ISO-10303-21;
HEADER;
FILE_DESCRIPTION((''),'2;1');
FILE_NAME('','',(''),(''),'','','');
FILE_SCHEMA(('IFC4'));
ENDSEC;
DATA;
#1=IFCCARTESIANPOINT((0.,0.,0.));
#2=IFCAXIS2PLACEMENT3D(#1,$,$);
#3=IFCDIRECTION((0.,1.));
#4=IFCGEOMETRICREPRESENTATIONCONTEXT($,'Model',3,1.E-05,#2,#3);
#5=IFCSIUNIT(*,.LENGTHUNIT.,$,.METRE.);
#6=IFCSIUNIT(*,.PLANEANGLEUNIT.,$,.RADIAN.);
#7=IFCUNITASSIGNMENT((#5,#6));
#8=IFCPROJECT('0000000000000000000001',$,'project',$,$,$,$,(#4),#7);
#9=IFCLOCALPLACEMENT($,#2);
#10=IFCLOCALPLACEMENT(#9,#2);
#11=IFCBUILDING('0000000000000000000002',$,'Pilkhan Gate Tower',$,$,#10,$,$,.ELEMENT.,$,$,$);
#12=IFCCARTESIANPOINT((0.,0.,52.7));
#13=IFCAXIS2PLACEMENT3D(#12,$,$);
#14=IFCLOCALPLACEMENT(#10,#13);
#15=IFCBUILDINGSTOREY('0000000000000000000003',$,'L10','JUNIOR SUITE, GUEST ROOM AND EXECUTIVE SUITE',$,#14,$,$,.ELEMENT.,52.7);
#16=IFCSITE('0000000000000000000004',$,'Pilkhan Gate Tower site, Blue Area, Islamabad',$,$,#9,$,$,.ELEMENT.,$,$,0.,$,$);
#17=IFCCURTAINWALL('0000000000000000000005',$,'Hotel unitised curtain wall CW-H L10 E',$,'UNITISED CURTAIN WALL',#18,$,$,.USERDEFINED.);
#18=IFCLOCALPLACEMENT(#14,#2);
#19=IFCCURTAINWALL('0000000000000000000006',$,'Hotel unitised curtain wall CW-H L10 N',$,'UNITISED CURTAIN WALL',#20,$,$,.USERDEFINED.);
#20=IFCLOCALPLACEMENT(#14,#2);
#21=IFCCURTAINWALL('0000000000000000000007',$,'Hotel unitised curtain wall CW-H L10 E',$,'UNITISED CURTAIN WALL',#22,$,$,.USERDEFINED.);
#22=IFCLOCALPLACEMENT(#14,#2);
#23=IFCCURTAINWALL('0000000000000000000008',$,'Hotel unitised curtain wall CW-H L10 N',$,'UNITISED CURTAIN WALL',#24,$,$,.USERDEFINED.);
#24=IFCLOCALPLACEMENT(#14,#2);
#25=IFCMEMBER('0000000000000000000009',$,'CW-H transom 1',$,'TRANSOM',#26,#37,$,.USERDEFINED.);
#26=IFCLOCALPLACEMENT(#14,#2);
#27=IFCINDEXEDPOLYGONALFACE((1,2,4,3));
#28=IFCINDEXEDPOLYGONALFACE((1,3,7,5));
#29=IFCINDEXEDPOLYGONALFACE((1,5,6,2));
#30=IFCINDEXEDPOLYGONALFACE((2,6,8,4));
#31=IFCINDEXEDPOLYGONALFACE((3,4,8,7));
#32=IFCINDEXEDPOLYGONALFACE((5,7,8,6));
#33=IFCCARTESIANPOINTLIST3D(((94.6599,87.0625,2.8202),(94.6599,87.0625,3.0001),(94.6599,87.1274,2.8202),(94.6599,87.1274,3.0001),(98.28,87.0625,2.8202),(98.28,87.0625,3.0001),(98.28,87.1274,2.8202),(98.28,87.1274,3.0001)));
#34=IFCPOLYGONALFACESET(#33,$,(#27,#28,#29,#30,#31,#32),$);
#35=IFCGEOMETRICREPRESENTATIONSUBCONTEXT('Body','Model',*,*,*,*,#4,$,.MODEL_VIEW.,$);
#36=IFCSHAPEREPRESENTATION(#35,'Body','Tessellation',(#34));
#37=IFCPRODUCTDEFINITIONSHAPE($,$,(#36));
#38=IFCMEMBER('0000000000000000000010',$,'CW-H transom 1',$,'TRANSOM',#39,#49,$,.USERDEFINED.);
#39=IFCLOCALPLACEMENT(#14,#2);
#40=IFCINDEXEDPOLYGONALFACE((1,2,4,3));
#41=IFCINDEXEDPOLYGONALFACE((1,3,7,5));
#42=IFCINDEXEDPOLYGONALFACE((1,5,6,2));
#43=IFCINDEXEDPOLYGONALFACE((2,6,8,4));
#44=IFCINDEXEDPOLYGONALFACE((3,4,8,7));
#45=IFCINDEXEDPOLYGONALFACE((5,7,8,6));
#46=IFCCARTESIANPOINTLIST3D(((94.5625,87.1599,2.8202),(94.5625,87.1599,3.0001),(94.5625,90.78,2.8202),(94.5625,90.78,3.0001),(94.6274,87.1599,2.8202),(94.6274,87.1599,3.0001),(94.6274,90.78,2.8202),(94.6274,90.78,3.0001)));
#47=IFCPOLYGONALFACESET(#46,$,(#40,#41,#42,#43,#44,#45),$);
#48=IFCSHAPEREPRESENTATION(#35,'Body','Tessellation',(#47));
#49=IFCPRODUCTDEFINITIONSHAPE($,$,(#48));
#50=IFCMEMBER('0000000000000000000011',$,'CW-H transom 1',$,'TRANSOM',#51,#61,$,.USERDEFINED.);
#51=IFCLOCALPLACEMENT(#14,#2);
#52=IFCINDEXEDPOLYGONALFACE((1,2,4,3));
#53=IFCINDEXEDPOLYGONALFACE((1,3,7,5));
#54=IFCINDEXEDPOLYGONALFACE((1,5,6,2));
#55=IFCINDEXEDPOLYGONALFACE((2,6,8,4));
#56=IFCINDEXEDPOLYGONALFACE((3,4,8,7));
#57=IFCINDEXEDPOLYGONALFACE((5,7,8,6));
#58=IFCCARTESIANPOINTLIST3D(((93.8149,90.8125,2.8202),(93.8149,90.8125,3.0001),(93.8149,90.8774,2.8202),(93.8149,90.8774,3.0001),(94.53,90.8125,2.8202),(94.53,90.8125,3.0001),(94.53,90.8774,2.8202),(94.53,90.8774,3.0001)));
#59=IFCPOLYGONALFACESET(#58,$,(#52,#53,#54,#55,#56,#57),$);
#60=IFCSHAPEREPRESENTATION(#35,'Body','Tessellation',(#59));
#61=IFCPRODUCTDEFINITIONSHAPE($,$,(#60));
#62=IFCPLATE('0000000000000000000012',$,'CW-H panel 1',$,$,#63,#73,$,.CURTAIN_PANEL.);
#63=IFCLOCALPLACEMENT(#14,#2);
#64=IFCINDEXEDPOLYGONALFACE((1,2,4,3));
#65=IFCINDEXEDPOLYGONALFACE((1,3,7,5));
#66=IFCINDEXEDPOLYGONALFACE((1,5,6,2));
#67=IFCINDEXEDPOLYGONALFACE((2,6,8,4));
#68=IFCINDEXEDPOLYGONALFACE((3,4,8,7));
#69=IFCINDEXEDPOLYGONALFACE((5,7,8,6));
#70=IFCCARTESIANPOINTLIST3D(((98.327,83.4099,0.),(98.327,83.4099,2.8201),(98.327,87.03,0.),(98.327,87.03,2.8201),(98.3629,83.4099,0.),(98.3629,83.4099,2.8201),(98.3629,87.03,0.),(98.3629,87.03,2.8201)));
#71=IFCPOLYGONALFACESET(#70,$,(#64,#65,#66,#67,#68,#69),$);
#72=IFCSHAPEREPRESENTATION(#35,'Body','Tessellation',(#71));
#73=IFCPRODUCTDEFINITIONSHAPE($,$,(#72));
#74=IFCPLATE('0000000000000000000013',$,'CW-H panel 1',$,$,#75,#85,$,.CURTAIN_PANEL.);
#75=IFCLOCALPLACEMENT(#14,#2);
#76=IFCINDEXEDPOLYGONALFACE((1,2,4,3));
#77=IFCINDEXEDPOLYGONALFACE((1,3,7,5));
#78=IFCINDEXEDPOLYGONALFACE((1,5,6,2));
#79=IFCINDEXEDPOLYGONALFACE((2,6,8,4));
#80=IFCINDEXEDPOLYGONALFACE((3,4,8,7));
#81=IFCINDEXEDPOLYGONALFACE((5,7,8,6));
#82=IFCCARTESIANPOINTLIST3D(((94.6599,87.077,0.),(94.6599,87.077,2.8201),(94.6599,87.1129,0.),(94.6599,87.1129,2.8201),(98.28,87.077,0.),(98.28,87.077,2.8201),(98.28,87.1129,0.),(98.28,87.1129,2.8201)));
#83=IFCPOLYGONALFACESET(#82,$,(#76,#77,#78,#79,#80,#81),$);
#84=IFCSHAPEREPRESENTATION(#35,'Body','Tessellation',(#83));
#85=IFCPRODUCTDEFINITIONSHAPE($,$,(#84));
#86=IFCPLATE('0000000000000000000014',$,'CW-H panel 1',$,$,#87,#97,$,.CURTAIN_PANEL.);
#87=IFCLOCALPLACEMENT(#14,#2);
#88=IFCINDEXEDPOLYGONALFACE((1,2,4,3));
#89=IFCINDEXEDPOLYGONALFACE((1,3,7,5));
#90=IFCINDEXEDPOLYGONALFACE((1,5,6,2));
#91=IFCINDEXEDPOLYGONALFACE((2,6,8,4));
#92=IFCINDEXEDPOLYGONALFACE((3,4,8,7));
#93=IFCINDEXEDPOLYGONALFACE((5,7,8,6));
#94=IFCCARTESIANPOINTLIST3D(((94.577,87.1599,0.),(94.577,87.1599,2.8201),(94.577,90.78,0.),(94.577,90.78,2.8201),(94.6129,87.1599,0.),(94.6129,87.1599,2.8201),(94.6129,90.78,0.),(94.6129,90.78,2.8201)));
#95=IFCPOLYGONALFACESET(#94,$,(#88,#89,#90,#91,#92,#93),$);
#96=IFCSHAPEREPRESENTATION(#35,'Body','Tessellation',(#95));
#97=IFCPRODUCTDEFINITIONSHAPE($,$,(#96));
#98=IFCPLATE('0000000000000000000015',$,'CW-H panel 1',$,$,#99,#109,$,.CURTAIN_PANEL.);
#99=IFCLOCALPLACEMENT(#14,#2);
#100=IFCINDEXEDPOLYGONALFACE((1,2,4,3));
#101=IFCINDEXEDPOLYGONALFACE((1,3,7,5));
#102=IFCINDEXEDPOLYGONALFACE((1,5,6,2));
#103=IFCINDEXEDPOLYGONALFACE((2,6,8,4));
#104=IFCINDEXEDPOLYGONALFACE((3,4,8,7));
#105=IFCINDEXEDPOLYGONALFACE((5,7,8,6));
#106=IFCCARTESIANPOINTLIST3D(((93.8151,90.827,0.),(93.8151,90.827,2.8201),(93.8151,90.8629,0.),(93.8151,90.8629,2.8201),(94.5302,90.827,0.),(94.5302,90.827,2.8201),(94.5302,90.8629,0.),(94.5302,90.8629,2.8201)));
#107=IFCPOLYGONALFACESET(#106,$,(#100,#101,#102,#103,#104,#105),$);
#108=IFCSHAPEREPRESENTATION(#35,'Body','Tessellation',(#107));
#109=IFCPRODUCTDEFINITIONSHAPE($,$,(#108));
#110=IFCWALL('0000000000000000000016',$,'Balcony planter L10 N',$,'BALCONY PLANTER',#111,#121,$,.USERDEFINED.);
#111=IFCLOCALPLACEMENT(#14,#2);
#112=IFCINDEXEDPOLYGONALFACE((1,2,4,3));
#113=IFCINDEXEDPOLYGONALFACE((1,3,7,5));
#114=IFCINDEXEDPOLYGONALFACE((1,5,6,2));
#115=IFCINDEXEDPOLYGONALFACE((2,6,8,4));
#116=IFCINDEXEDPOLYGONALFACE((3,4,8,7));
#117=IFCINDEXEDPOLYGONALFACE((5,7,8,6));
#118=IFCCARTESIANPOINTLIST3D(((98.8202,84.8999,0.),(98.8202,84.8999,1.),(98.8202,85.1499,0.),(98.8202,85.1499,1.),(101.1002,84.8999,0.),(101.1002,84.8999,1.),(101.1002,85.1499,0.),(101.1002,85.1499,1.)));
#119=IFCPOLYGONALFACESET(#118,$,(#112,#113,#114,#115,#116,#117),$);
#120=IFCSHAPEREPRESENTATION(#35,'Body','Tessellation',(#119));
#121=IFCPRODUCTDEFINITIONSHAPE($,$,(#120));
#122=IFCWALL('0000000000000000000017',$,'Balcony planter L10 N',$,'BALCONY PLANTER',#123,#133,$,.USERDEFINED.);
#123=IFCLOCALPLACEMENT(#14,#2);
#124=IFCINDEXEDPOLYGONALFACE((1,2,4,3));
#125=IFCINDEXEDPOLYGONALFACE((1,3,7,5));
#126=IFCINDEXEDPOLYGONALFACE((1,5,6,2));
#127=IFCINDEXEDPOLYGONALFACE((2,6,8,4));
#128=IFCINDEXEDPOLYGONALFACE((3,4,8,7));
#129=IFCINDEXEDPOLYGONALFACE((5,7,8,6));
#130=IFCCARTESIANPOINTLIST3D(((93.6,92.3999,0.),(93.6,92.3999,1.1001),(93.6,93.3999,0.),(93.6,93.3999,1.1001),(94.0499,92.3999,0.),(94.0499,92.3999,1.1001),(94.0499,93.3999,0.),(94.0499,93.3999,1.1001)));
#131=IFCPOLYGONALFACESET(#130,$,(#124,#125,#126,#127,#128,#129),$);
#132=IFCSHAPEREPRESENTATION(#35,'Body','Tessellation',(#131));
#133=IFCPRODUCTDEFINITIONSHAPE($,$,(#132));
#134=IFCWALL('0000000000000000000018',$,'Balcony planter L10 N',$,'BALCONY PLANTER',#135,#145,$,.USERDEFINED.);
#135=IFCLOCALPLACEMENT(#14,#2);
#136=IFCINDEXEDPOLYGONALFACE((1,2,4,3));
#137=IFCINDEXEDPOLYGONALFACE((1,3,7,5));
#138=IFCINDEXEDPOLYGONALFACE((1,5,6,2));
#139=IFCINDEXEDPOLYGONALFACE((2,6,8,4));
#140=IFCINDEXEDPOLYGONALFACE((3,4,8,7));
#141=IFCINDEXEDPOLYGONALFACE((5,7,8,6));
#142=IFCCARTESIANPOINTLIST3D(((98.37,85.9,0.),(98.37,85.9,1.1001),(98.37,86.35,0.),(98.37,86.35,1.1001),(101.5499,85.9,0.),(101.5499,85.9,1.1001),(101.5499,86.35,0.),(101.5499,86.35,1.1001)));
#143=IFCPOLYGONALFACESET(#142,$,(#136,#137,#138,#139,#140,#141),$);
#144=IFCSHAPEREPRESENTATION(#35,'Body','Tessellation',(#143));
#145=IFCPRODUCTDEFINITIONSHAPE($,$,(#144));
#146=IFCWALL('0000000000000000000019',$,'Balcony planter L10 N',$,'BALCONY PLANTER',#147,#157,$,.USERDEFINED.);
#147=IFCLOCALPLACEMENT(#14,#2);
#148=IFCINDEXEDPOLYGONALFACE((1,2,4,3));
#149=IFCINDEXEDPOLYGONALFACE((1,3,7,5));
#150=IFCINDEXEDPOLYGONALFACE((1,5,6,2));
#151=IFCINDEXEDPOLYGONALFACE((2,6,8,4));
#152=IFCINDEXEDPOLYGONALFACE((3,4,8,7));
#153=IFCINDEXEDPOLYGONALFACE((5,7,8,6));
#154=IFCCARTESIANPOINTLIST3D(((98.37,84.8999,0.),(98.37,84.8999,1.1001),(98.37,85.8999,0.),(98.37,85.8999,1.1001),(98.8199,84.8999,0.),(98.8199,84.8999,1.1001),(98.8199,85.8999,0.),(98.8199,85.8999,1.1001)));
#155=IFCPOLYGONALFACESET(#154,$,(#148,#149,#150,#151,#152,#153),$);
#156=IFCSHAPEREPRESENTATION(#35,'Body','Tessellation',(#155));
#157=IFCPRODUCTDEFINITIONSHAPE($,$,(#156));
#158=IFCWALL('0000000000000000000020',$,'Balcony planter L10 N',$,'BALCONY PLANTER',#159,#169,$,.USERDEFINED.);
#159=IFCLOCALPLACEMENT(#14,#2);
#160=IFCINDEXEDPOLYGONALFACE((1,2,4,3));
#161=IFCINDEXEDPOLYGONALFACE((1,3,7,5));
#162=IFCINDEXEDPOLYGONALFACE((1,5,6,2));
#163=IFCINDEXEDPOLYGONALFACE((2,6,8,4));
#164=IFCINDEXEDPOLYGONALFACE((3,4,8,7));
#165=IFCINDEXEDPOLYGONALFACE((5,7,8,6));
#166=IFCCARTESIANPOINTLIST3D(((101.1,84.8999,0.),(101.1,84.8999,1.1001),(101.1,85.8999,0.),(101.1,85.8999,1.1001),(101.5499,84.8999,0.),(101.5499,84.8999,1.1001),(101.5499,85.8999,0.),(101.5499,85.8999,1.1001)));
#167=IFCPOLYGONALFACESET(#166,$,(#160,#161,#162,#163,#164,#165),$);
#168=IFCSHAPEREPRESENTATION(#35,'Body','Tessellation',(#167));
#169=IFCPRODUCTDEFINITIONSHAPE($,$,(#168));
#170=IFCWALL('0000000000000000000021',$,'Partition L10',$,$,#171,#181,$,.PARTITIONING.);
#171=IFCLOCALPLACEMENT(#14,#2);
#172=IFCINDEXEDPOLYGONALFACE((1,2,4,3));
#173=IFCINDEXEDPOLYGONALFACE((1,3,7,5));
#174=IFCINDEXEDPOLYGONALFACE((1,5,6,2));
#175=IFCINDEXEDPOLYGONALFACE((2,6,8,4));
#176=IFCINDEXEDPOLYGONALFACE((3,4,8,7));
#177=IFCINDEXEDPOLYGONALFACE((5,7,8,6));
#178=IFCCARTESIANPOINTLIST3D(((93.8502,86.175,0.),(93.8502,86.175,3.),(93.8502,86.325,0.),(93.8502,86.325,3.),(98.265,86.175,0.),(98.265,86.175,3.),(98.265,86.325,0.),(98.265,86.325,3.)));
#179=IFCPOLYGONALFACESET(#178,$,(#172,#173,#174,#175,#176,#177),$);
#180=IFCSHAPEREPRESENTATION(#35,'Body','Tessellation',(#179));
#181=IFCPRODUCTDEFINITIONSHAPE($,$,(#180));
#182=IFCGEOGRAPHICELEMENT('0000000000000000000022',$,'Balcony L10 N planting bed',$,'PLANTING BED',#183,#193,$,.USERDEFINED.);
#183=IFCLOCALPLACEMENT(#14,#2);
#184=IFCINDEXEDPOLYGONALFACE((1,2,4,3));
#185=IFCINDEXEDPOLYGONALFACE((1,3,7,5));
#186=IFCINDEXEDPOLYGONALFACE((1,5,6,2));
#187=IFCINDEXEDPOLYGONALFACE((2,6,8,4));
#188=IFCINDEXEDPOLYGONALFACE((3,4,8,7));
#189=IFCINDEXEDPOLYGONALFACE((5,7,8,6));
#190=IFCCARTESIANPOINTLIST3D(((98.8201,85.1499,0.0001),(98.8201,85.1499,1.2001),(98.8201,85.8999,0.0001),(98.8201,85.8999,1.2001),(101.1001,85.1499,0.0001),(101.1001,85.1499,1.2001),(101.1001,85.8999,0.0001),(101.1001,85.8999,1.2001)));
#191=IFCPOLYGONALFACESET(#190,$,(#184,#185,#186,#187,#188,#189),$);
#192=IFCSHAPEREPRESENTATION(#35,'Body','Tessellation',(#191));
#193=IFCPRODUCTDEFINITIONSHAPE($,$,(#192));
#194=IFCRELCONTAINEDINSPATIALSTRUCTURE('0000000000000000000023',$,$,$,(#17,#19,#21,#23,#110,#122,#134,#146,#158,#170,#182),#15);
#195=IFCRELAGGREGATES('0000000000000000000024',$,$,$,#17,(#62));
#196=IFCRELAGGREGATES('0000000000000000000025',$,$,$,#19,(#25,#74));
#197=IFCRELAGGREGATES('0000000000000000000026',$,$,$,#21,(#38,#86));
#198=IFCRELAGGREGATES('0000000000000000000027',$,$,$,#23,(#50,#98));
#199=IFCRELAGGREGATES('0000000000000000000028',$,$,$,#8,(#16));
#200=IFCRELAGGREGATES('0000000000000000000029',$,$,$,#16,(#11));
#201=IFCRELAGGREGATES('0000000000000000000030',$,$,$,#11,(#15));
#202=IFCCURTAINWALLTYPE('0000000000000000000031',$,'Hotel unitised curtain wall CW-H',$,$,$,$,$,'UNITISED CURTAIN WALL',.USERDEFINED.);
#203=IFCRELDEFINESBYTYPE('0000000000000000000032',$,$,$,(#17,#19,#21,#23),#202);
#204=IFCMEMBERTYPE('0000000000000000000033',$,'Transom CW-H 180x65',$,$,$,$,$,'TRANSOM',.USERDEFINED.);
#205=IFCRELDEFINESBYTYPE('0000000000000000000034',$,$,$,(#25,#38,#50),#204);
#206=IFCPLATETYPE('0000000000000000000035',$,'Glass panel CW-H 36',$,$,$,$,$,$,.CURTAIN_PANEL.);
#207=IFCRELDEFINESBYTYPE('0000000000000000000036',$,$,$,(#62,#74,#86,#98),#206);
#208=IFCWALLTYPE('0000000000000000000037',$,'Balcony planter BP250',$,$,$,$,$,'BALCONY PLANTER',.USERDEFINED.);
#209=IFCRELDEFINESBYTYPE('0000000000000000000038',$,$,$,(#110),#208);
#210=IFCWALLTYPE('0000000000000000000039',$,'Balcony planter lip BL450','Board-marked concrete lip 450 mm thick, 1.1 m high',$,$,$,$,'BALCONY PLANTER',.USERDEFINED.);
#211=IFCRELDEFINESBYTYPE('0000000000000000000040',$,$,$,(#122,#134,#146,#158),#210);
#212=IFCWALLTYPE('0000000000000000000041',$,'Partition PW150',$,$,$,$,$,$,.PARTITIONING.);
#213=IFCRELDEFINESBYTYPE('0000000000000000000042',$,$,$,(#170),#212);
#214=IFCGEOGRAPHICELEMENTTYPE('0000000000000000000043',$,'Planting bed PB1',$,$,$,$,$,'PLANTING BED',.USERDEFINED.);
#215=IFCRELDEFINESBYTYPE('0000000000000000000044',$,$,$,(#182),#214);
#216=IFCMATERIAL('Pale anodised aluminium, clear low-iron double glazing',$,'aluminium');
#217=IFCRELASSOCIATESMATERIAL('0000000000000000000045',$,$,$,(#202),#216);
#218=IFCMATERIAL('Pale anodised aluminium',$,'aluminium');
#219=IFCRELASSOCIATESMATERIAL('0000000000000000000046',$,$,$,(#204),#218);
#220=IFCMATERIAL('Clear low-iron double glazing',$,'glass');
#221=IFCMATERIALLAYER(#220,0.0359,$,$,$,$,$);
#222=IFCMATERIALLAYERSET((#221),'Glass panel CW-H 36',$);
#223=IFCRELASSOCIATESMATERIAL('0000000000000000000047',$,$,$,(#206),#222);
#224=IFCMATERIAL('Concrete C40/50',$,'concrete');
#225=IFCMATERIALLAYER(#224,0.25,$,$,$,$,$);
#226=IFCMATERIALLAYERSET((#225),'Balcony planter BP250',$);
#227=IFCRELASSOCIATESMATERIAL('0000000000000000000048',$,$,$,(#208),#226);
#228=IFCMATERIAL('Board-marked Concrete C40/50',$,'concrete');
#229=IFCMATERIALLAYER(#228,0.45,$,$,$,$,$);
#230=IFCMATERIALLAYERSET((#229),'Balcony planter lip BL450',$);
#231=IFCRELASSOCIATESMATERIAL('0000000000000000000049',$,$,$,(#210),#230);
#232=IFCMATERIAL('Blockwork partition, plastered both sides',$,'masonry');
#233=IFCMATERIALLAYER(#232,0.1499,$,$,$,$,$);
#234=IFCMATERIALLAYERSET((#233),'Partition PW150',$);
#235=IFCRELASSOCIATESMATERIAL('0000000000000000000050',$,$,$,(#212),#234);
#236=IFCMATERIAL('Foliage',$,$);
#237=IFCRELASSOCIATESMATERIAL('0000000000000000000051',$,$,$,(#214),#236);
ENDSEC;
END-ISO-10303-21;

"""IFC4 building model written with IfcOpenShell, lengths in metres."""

from ifc_helpers import new_model, si_unit, direction, frame, frame_2d, origin, origin_2d, place, context, subcontext, project, spatial, rectangle, extrude, material, layer, layer_set, material_profile, profile_set, type_object, element, aggregate, save


model = new_model("IFC4")

# Units and contexts
model_context = context("Model", 3, precision=1e-05, world=origin(), true_north=direction((0.0, 1.0)))
body_context = subcontext(model_context, "Body", "Model", "MODEL_VIEW")
ifc_project = project(units=[si_unit("LENGTHUNIT", "METRE"), si_unit("PLANEANGLEUNIT", "RADIAN")], contexts=[model_context])

# Site, building, storey
site_placement = place(None, origin())
site = spatial("IfcSite", under=ifc_project, at=site_placement, Name="Pilkhan Gate Tower site, Blue Area, Islamabad", CompositionType="ELEMENT", RefElevation=0.0)
building_placement = place(site_placement, origin())
building = spatial("IfcBuilding", under=site, at=building_placement, Name="Pilkhan Gate Tower", CompositionType="ELEMENT")
storey_placement = place(building_placement, frame((0.0, 0.0, 52.7)))
storey = spatial("IfcBuildingStorey", under=building, at=storey_placement, Name="L10", Description="JUNIOR SUITE, GUEST ROOM AND EXECUTIVE SUITE", CompositionType="ELEMENT", Elevation=52.7)

# Shared definitions
ifc_material_1 = material(Name="Pale anodised aluminium, clear low-iron double glazing", Category="aluminium")
curtain_wall_type = type_object("IfcCurtainWallType", Name="Hotel unitised curtain wall CW-H", ElementType="UNITISED CURTAIN WALL", PredefinedType="USERDEFINED", material=ifc_material_1)
ifc_material_2 = material(Name="Pale anodised aluminium", Category="aluminium")

# Curtain walls
curtain_wall_1_placement = place(storey_placement, origin())
curtain_wall_1 = element("IfcCurtainWall", 1, at=curtain_wall_1_placement, inside=storey, type_object=curtain_wall_type, Name="Hotel unitised curtain wall CW-H L10 E", ObjectType="UNITISED CURTAIN WALL", PredefinedType="USERDEFINED")
curtain_wall_2_placement = place(storey_placement, origin())
curtain_wall_2 = element("IfcCurtainWall", 2, at=curtain_wall_2_placement, inside=storey, type_object=curtain_wall_type, Name="Hotel unitised curtain wall CW-H L10 N", ObjectType="UNITISED CURTAIN WALL", PredefinedType="USERDEFINED")
curtain_wall_3_placement = place(storey_placement, origin())
curtain_wall_3 = element("IfcCurtainWall", 3, at=curtain_wall_3_placement, inside=storey, type_object=curtain_wall_type, Name="Hotel unitised curtain wall CW-H L10 E", ObjectType="UNITISED CURTAIN WALL", PredefinedType="USERDEFINED")
curtain_wall_4_placement = place(storey_placement, origin())
curtain_wall_4 = element("IfcCurtainWall", 4, at=curtain_wall_4_placement, inside=storey, type_object=curtain_wall_type, Name="Hotel unitised curtain wall CW-H L10 N", ObjectType="UNITISED CURTAIN WALL", PredefinedType="USERDEFINED")

# Members
ifc_material_profile_1 = material_profile(ifc_material_2, rectangle(XDim=0.0649, YDim=0.1799, at=origin_2d()), Name="Transom 180x65")
ifc_profile_set_1 = profile_set([ifc_material_profile_1], Name="Pale anodised aluminium")
member_type_1 = type_object("IfcMemberType", Name="Transom CW-H 180x65", ElementType="TRANSOM", PredefinedType="USERDEFINED", material=ifc_profile_set_1)
member_1_placement = place(storey_placement, frame((94.6599, 87.095, 2.9102), z_axis=(1.0, 0.0, 0.0), x_axis=(0.0, 1.0, 0.0)))
member_1 = element("IfcMember", 5, at=member_1_placement, type_object=member_type_1, Name="CW-H transom 1", ObjectType="TRANSOM", PredefinedType="USERDEFINED", context=body_context, shape_type="SweptSolid", body=[
    extrude(rectangle(XDim=0.0649, YDim=0.1799, at=origin_2d()), origin(), (0.0, 0.0, 1.0), 3.6201),
])
member_2_placement = place(storey_placement, frame((94.595, 87.1599, 2.9102), z_axis=(0.0, 1.0, 0.0), x_axis=(-1.0, 0.0, 0.0)))
member_2 = element("IfcMember", 6, at=member_2_placement, type_object=member_type_1, Name="CW-H transom 1", ObjectType="TRANSOM", PredefinedType="USERDEFINED", context=body_context, shape_type="SweptSolid", body=[
    extrude(rectangle(XDim=0.0649, YDim=0.1799, at=origin_2d()), origin(), (0.0, 0.0, 1.0), 3.6201),
])
member_3_placement = place(storey_placement, frame((93.8149, 90.845, 2.9102), z_axis=(1.0, 0.0, 0.0), x_axis=(0.0, 1.0, 0.0)))
member_3 = element("IfcMember", 7, at=member_3_placement, type_object=member_type_1, Name="CW-H transom 1", ObjectType="TRANSOM", PredefinedType="USERDEFINED", context=body_context, shape_type="SweptSolid", body=[
    extrude(rectangle(XDim=0.0649, YDim=0.1799, at=origin_2d()), origin(), (0.0, 0.0, 1.0), 0.7151),
])

# Plates
ifc_material_3 = material(Name="Clear low-iron double glazing", Category="glass")
ifc_layer_1 = layer(ifc_material_3, 0.0359)
ifc_layer_set_1 = layer_set([ifc_layer_1], Name="Glass panel CW-H 36")
plate_type = type_object("IfcPlateType", Name="Glass panel CW-H 36", PredefinedType="CURTAIN_PANEL", material=ifc_layer_set_1)
plate_1_placement = place(storey_placement, frame((98.345, 85.22, 0.0), z_axis=(0.0, 0.0, 1.0), x_axis=(0.0, 1.0, 0.0)))
plate_1 = element("IfcPlate", 8, at=plate_1_placement, type_object=plate_type, Name="CW-H panel 1", PredefinedType="CURTAIN_PANEL", context=body_context, shape_type="SweptSolid", body=[
    extrude(rectangle(XDim=3.6201, YDim=0.0359, at=origin_2d()), origin(), (0.0, 0.0, 1.0), 2.8201),
])
aggregate(curtain_wall_1, [plate_1])
plate_2_placement = place(storey_placement, frame((96.47, 87.095, 0.0), z_axis=(0.0, 0.0, 1.0), x_axis=(1.0, 0.0, 0.0)))
plate_2 = element("IfcPlate", 9, at=plate_2_placement, type_object=plate_type, Name="CW-H panel 1", PredefinedType="CURTAIN_PANEL", context=body_context, shape_type="SweptSolid", body=[
    extrude(rectangle(XDim=3.6201, YDim=0.0359, at=origin_2d()), origin(), (0.0, 0.0, 1.0), 2.8201),
])
aggregate(curtain_wall_2, [member_1, plate_2])
plate_3_placement = place(storey_placement, frame((94.595, 88.97, 0.0), z_axis=(0.0, 0.0, 1.0), x_axis=(0.0, 1.0, 0.0)))
plate_3 = element("IfcPlate", 10, at=plate_3_placement, type_object=plate_type, Name="CW-H panel 1", PredefinedType="CURTAIN_PANEL", context=body_context, shape_type="SweptSolid", body=[
    extrude(rectangle(XDim=3.6201, YDim=0.0359, at=origin_2d()), origin(), (0.0, 0.0, 1.0), 2.8201),
])
aggregate(curtain_wall_3, [member_2, plate_3])
plate_4_placement = place(storey_placement, frame((94.1726, 90.845, 0.0), z_axis=(0.0, 0.0, 1.0), x_axis=(1.0, 0.0, 0.0)))
plate_4 = element("IfcPlate", 11, at=plate_4_placement, type_object=plate_type, Name="CW-H panel 1", PredefinedType="CURTAIN_PANEL", context=body_context, shape_type="SweptSolid", body=[
    extrude(rectangle(XDim=0.7151, YDim=0.0359, at=origin_2d()), origin(), (0.0, 0.0, 1.0), 2.8201),
])
aggregate(curtain_wall_4, [member_3, plate_4])

# Walls
ifc_material_4 = material(Name="Concrete C40/50", Category="concrete")
ifc_layer_2 = layer(ifc_material_4, 0.25)
ifc_layer_set_2 = layer_set([ifc_layer_2], Name="Balcony planter BP250")
wall_type_1 = type_object("IfcWallType", Name="Balcony planter BP250", ElementType="BALCONY PLANTER", PredefinedType="USERDEFINED", material=ifc_layer_set_2)
wall_1_placement = place(storey_placement, frame((98.8201, 85.0249, 0.0), z_axis=(0.0, 0.0, 1.0), x_axis=(1.0, 0.0, 0.0)))
element("IfcWall", 12, at=wall_1_placement, inside=storey, type_object=wall_type_1, Name="Balcony planter L10 N", ObjectType="BALCONY PLANTER", PredefinedType="USERDEFINED", context=body_context, shape_type="SweptSolid", body=[
    extrude(rectangle(XDim=2.28, YDim=0.25, at=frame_2d((1.1401, 0.0))), origin(), (0.0, 0.0, 1.0), 1.0),
])
ifc_material_5 = material(Name="Board-marked Concrete C40/50", Category="concrete")
ifc_layer_3 = layer(ifc_material_5, 0.45)
ifc_layer_set_3 = layer_set([ifc_layer_3], Name="Balcony planter lip BL450")
wall_type_2 = type_object("IfcWallType", Name="Balcony planter lip BL450", Description="Board-marked concrete lip 450 mm thick, 1.1 m high", ElementType="BALCONY PLANTER", PredefinedType="USERDEFINED", material=ifc_layer_set_3)
wall_2_placement = place(storey_placement, frame((93.825, 92.3999, 0.0), z_axis=(0.0, 0.0, 1.0), x_axis=(0.0, 1.0, 0.0)))
element("IfcWall", 13, at=wall_2_placement, inside=storey, type_object=wall_type_2, Name="Balcony planter L10 N", ObjectType="BALCONY PLANTER", PredefinedType="USERDEFINED", context=body_context, shape_type="SweptSolid", body=[
    extrude(rectangle(XDim=1.0, YDim=0.45, at=frame_2d((0.5, 0.0))), origin(), (0.0, 0.0, 1.0), 1.1001),
])
wall_3_placement = place(storey_placement, frame((98.3701, 86.125, 0.0), z_axis=(0.0, 0.0, 1.0), x_axis=(1.0, 0.0, 0.0)))
element("IfcWall", 14, at=wall_3_placement, inside=storey, type_object=wall_type_2, Name="Balcony planter L10 N", ObjectType="BALCONY PLANTER", PredefinedType="USERDEFINED", context=body_context, shape_type="SweptSolid", body=[
    extrude(rectangle(XDim=3.1799, YDim=0.45, at=frame_2d((1.5898, 0.0))), origin(), (0.0, 0.0, 1.0), 1.1001),
])
for number, where, z_axis, x_axis, name in (
    (15, (98.595, 84.8999, 0.0), (0.0, 0.0, 1.0), (0.0, 1.0, 0.0), "Balcony planter L10 N"),
    (16, (101.325, 84.8999, 0.0), (0.0, 0.0, 1.0), (0.0, 1.0, 0.0), "Balcony planter L10 N"),
):
    element("IfcWall", number, at=place(storey_placement, frame(where, z_axis=z_axis, x_axis=x_axis)), inside=storey, type_object=wall_type_2, Name=name, ObjectType="BALCONY PLANTER", PredefinedType="USERDEFINED", context=body_context, shape_type="SweptSolid", body=[
        extrude(rectangle(XDim=1.0, YDim=0.45, at=frame_2d((0.5, 0.0))), origin(), (0.0, 0.0, 1.0), 1.1001),
    ])
ifc_material_6 = material(Name="Blockwork partition, plastered both sides", Category="masonry")
ifc_layer_4 = layer(ifc_material_6, 0.1499)
ifc_layer_set_4 = layer_set([ifc_layer_4], Name="Partition PW150")
wall_type_3 = type_object("IfcWallType", Name="Partition PW150", PredefinedType="PARTITIONING", material=ifc_layer_set_4)
wall_4_placement = place(storey_placement, frame((93.8501, 86.25, 0.0), z_axis=(0.0, 0.0, 1.0), x_axis=(1.0, 0.0, 0.0)))
element("IfcWall", 17, at=wall_4_placement, inside=storey, type_object=wall_type_3, Name="Partition L10", PredefinedType="PARTITIONING", context=body_context, shape_type="SweptSolid", body=[
    extrude(rectangle(XDim=4.4148, YDim=0.1499, at=frame_2d((2.2075, 0.0))), origin(), (0.0, 0.0, 1.0), 3.0),
])

# Geographic element
ifc_material_7 = material(Name="Foliage")
ifc_material_profile_2 = material_profile(ifc_material_7, rectangle(XDim=0.75, YDim=1.2, at=origin_2d()), Name="Bed 750x1200")
ifc_profile_set_2 = profile_set([ifc_material_profile_2], Name="Foliage")
geographic_element_type_1 = type_object("IfcGeographicElementType", Name="Planting bed PB1", ElementType="PLANTING BED", PredefinedType="USERDEFINED", material=ifc_profile_set_2)
geographic_element_placement = place(storey_placement, frame((98.8201, 85.5249, 0.6001), z_axis=(1.0, 0.0, 0.0), x_axis=(0.0, 1.0, 0.0)))
element("IfcGeographicElement", 18, at=geographic_element_placement, inside=storey, type_object=geographic_element_type_1, Name="Balcony L10 N planting bed", ObjectType="PLANTING BED", PredefinedType="USERDEFINED", context=body_context, shape_type="SweptSolid", body=[
    extrude(rectangle(XDim=0.75, YDim=1.2, at=origin_2d()), origin(), (0.0, 0.0, 1.0), 2.28),
])

save(model, "model.ifc")
